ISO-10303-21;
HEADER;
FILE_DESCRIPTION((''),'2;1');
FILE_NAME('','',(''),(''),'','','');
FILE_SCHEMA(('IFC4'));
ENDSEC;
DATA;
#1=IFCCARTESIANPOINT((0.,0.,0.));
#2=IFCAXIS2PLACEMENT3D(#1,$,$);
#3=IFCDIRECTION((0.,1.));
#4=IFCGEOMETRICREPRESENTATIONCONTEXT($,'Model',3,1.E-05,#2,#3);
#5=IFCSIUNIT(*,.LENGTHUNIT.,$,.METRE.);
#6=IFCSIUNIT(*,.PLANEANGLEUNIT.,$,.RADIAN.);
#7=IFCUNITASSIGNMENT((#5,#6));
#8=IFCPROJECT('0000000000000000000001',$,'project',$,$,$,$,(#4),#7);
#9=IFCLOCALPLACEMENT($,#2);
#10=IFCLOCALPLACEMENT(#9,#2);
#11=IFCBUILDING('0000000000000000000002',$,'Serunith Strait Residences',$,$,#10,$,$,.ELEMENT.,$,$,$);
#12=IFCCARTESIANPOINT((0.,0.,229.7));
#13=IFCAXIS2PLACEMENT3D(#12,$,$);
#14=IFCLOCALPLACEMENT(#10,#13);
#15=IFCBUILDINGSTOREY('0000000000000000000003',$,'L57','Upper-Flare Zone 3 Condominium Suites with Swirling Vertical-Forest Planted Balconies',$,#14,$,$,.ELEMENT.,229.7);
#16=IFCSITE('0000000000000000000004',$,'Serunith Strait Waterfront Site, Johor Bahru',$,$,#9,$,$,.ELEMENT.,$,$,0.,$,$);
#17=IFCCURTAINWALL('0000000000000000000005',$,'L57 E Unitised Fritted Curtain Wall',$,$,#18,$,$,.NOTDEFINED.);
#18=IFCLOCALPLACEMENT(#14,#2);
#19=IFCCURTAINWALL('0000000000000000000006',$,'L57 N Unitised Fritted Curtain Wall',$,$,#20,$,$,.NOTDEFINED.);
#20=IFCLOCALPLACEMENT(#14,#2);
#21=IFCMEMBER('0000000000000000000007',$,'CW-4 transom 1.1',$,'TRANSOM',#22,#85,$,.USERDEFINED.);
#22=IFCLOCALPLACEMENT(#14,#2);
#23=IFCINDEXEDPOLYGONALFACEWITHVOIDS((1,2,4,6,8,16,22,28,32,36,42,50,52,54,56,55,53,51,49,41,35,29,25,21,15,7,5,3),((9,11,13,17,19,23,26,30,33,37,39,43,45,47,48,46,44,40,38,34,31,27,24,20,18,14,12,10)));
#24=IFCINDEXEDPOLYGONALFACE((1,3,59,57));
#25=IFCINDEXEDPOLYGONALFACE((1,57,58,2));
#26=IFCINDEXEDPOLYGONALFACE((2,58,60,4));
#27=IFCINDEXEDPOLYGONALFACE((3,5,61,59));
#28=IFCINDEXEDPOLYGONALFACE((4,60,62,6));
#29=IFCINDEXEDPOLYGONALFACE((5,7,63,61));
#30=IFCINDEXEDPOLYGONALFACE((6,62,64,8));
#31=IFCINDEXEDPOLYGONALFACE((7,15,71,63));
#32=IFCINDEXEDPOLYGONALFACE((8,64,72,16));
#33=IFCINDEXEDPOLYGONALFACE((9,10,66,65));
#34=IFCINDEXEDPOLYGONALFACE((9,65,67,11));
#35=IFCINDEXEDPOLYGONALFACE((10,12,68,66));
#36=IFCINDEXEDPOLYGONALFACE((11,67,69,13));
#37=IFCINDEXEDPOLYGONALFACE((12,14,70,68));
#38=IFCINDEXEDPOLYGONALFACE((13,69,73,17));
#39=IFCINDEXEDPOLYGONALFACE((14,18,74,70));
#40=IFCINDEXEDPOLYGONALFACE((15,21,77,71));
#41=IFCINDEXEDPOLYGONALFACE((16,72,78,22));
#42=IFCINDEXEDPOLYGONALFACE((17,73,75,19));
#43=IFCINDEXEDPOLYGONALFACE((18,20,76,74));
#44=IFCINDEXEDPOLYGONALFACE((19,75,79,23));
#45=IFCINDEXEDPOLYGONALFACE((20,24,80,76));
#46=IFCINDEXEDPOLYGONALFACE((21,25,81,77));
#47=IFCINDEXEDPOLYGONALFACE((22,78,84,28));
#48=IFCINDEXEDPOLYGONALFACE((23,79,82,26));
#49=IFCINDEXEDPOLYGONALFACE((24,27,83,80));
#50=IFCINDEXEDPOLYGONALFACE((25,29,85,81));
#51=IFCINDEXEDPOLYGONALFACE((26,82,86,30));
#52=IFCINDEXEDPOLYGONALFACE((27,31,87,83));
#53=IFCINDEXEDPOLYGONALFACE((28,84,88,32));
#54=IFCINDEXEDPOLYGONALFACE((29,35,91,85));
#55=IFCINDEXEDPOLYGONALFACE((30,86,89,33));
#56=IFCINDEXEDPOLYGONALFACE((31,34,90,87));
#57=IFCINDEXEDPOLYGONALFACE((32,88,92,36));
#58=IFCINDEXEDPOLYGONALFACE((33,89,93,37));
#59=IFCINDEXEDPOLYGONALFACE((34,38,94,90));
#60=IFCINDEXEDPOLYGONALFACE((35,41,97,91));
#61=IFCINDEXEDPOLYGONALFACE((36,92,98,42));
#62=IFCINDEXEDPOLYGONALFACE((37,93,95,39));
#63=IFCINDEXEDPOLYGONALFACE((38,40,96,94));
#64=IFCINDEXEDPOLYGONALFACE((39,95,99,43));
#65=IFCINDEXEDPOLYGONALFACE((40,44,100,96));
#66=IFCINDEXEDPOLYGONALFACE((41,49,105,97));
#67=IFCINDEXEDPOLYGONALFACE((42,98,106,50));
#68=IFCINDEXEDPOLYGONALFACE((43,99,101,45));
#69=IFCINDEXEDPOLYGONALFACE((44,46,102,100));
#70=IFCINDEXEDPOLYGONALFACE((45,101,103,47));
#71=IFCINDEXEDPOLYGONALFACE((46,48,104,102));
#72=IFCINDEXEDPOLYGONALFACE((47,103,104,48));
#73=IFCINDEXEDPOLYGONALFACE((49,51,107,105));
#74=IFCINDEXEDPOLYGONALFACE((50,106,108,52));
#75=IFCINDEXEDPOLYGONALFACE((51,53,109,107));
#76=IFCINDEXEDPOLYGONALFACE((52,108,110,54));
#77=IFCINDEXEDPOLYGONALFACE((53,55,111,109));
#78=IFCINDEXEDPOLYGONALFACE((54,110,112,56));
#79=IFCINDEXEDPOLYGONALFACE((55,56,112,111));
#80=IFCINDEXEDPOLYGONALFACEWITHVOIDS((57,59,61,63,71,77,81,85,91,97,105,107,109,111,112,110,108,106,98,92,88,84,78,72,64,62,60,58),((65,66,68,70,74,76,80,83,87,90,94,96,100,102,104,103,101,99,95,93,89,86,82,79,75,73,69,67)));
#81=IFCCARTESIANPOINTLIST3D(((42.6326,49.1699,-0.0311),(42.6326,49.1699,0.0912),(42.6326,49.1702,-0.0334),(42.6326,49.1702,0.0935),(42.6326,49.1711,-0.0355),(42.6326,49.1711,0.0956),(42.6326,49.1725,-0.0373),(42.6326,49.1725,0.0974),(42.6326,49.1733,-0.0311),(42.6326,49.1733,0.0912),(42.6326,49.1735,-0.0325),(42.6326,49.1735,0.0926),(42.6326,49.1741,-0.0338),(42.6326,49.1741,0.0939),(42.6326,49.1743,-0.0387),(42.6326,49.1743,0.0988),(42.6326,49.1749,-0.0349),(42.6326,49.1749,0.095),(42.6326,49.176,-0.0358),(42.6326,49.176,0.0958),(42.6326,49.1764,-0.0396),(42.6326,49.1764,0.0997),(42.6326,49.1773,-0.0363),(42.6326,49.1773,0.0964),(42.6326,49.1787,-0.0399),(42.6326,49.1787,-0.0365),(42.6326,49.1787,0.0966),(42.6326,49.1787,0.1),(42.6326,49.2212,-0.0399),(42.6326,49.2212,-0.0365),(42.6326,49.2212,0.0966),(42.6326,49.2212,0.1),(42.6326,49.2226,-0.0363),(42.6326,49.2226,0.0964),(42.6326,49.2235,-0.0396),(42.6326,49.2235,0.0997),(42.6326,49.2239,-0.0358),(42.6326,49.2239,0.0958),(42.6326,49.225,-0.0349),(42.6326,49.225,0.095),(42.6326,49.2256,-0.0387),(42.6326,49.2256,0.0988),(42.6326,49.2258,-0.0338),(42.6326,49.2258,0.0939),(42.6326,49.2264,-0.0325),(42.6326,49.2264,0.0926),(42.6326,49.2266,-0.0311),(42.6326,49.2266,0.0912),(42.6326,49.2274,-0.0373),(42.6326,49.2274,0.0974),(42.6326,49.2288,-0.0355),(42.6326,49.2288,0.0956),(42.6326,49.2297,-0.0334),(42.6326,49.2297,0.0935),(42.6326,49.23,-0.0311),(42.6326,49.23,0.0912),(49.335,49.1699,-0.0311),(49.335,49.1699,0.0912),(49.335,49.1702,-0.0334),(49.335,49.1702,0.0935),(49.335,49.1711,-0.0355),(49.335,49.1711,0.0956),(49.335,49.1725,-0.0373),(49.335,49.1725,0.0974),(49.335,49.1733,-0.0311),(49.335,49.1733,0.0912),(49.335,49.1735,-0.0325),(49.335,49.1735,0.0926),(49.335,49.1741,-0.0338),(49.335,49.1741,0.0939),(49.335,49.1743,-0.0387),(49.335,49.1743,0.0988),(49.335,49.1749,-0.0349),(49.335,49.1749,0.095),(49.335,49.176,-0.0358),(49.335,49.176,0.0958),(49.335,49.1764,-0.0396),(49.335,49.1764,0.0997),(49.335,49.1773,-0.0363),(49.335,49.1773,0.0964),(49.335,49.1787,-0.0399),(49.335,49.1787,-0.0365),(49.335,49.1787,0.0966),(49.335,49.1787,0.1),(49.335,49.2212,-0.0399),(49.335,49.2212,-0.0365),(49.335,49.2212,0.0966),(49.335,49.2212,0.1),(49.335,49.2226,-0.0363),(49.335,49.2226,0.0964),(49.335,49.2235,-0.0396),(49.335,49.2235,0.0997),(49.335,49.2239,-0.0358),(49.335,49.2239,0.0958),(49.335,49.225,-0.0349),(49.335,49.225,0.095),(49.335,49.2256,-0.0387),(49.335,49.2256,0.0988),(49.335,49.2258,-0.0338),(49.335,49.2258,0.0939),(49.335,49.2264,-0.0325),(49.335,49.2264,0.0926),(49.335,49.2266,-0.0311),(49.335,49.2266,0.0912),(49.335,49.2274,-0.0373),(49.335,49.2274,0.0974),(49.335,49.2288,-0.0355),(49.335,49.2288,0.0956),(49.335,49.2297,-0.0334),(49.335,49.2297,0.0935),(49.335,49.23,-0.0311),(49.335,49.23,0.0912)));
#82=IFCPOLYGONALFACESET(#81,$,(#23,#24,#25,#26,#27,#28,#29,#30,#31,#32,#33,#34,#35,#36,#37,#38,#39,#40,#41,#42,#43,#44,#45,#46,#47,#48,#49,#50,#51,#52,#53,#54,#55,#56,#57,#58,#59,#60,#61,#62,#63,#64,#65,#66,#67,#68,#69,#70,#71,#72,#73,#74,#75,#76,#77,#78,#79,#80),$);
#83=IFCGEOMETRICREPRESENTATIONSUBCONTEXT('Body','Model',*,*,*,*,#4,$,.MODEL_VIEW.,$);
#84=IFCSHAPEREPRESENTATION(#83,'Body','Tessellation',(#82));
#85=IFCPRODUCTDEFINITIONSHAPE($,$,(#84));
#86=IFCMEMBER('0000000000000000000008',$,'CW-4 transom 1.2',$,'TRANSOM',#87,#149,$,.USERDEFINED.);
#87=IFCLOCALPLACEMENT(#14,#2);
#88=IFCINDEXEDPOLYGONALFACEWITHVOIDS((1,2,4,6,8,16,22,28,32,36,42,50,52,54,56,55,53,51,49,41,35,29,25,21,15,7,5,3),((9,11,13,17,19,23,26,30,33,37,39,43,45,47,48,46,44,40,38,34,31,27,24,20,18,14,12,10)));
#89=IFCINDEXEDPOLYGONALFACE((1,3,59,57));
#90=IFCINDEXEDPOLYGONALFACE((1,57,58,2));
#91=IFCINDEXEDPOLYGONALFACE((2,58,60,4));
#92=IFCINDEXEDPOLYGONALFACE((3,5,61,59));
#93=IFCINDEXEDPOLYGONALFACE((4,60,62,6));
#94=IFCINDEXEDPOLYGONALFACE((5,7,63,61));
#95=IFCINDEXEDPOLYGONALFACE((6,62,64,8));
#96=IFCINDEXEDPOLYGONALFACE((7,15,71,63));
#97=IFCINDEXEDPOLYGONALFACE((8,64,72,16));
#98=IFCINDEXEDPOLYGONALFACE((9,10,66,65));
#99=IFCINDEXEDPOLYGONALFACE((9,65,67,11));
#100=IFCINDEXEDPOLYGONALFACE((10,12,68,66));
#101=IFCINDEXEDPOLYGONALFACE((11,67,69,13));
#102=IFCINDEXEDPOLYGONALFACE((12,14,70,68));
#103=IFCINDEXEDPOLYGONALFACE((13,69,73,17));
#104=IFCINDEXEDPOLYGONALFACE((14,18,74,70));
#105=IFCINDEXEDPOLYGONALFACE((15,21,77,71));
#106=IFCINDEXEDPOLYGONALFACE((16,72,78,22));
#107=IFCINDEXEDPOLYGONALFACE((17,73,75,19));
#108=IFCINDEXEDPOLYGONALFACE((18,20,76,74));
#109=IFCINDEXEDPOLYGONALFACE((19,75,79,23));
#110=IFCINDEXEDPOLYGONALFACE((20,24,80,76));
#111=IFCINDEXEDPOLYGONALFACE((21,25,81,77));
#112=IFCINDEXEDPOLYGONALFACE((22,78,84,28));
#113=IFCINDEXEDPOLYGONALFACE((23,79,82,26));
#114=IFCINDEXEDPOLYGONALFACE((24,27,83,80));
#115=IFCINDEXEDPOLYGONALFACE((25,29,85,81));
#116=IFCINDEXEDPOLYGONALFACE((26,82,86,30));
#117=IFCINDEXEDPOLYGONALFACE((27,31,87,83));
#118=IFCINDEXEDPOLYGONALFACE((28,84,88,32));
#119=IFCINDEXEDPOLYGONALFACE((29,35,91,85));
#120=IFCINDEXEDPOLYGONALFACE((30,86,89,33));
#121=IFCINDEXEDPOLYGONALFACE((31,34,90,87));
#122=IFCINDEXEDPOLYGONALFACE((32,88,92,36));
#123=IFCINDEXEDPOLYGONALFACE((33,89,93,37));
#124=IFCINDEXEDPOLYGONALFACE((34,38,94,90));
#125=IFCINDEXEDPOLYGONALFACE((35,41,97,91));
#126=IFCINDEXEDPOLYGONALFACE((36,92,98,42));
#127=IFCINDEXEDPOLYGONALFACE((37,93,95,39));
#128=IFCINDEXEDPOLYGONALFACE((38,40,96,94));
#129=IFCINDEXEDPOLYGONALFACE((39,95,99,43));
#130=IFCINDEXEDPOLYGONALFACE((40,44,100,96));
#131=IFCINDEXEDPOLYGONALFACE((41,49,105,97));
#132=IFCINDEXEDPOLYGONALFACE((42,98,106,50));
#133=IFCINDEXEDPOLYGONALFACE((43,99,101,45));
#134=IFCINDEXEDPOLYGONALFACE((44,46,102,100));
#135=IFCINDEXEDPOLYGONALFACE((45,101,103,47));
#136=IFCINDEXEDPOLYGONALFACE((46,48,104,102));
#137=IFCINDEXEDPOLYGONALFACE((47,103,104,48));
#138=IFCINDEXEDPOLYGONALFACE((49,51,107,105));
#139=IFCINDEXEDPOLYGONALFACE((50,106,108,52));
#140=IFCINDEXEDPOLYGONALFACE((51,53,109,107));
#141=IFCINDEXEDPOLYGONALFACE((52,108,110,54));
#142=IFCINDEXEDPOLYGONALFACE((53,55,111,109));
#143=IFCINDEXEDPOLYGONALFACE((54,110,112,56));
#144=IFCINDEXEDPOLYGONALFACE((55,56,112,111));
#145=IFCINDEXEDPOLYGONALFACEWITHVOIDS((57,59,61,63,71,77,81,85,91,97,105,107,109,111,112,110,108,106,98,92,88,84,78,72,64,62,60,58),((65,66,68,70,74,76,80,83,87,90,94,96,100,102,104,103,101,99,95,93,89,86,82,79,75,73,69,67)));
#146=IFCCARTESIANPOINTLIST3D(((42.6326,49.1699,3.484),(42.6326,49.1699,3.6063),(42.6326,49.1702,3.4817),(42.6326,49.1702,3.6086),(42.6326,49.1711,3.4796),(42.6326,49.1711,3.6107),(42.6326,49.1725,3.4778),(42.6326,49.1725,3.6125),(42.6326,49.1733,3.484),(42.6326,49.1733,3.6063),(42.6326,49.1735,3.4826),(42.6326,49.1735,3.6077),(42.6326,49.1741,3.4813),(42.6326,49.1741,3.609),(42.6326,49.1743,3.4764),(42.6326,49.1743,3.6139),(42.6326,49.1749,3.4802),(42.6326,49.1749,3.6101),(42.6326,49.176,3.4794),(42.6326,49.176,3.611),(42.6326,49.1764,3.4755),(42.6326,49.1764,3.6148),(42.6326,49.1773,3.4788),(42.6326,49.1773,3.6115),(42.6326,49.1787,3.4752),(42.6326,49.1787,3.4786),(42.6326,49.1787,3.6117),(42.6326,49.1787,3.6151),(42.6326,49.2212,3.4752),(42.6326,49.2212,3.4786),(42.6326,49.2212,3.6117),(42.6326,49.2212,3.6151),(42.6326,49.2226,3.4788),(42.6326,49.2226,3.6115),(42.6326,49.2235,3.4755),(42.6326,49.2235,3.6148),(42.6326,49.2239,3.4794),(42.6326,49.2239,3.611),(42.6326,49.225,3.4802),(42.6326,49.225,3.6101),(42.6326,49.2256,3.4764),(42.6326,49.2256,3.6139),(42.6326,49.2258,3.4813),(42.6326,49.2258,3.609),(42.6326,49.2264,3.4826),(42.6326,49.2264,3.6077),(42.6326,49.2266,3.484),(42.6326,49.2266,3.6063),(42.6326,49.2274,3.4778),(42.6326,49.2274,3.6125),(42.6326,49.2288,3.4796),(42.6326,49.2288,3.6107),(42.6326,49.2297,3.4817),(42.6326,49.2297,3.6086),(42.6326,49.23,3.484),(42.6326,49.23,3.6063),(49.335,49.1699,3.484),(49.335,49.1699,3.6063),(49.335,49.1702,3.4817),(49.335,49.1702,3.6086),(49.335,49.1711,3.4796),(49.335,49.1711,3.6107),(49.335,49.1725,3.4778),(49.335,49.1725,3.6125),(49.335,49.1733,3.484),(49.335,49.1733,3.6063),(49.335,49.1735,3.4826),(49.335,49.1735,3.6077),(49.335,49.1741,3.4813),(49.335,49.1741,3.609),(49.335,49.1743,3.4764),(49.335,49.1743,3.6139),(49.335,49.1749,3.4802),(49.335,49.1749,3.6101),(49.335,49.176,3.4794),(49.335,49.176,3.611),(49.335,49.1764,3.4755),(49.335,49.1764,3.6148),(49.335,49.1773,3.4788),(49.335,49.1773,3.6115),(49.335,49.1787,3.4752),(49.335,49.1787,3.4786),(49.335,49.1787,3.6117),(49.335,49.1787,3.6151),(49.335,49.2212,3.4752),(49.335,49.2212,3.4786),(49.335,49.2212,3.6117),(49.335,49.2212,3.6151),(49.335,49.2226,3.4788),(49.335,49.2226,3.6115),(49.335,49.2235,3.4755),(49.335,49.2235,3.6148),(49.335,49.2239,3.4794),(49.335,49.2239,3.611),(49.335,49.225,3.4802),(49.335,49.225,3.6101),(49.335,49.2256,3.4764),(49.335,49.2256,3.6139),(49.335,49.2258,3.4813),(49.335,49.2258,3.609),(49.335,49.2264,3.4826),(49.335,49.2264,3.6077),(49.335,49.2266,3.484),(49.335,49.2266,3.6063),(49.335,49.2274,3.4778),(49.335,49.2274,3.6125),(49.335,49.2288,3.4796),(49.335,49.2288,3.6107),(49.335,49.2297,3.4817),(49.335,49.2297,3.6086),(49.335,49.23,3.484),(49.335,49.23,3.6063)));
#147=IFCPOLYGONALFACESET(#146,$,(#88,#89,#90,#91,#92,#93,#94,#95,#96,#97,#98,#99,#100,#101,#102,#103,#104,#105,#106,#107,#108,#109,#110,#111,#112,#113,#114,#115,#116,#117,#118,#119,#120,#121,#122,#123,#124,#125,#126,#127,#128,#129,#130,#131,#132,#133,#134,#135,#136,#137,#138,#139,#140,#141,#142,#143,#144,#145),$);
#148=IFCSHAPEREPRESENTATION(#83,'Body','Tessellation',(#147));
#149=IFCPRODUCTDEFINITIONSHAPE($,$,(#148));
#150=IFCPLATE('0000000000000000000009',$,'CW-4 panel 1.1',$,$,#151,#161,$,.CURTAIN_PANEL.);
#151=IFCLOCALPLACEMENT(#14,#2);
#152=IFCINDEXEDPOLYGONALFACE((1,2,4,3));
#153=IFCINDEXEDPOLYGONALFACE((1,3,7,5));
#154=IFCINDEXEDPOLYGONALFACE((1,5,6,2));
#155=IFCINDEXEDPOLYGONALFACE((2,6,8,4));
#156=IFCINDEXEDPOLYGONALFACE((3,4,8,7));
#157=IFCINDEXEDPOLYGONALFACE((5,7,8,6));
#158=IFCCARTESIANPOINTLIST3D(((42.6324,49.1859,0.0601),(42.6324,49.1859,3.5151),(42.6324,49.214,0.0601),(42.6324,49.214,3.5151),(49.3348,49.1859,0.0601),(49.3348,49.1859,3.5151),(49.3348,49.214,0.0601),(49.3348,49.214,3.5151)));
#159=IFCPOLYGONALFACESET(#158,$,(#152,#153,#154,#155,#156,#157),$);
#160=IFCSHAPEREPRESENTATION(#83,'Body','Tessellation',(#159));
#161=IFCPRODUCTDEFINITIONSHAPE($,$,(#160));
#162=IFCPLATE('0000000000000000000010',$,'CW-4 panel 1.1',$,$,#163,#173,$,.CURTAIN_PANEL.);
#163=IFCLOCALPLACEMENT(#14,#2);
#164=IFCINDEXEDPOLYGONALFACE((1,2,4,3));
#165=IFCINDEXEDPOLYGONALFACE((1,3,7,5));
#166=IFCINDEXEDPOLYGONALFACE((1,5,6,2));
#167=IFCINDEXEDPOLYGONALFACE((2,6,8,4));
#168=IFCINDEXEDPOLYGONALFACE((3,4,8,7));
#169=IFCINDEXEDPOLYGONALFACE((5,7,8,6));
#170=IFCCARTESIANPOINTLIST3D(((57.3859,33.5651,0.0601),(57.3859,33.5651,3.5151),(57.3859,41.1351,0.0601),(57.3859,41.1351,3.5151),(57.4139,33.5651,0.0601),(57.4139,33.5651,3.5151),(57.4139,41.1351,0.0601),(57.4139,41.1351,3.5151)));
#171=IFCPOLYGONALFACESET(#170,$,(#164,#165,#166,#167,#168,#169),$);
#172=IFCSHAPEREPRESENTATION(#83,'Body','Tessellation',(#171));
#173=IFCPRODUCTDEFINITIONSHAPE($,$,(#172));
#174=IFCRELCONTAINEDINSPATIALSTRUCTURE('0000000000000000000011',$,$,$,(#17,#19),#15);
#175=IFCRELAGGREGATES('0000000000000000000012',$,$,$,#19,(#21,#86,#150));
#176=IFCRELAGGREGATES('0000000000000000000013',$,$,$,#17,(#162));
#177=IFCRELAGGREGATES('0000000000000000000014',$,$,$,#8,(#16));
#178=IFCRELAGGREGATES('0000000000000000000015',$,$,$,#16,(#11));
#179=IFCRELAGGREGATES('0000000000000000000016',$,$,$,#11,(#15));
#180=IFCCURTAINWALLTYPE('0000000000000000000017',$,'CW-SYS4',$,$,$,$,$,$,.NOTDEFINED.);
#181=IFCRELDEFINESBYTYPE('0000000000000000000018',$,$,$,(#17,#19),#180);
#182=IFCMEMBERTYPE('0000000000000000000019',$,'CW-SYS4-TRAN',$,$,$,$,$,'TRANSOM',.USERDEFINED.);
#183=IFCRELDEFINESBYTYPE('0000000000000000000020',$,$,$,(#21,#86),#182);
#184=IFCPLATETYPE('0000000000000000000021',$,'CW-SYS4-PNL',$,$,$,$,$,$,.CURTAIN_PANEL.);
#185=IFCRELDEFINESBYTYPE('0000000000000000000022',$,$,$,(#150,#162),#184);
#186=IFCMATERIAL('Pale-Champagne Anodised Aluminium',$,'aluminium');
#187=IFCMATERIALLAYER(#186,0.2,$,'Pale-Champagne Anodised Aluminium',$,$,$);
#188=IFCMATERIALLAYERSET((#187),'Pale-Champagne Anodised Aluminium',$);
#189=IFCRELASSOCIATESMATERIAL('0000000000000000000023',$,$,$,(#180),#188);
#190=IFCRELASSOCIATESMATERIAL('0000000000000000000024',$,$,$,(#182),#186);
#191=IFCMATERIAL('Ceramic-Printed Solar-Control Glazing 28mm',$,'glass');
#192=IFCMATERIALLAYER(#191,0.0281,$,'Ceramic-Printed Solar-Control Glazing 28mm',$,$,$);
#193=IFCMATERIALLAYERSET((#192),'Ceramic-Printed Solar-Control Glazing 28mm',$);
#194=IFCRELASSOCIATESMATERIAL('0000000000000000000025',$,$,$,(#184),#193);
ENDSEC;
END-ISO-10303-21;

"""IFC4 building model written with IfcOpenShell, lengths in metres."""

from ifc_helpers import new_model, si_unit, direction, frame, origin, origin_2d, place, context, subcontext, project, spatial, rectangle, hollow_rectangle, extrude, source, transform, mapped, material, layer, layer_set, material_profile, profile_set, type_object, element, aggregate, save


model = new_model("IFC4")

# Units and contexts
model_context = context("Model", 3, precision=1e-05, world=origin(), true_north=direction((0.0, 1.0)))
body_context = subcontext(model_context, "Body", "Model", "MODEL_VIEW")
ifc_project = project(units=[si_unit("LENGTHUNIT", "METRE"), si_unit("PLANEANGLEUNIT", "RADIAN")], contexts=[model_context])

# Site, building, storey
site_placement = place(None, origin())
site = spatial("IfcSite", under=ifc_project, at=site_placement, Name="Serunith Strait Waterfront Site, Johor Bahru", CompositionType="ELEMENT", RefElevation=0.0)
building_placement = place(site_placement, origin())
building = spatial("IfcBuilding", under=site, at=building_placement, Name="Serunith Strait Residences", CompositionType="ELEMENT")
storey_placement = place(building_placement, frame((0.0, 0.0, 229.7)))
storey = spatial("IfcBuildingStorey", under=building, at=storey_placement, Name="L57", Description="Upper-Flare Zone 3 Condominium Suites with Swirling Vertical-Forest Planted Balconies", CompositionType="ELEMENT", Elevation=229.7)

# Curtain wall
ifc_material_1 = material(Name="Pale-Champagne Anodised Aluminium", Category="aluminium")
ifc_layer_1 = layer(ifc_material_1, 0.2, Name="Pale-Champagne Anodised Aluminium")
ifc_layer_set_1 = layer_set([ifc_layer_1], Name="Pale-Champagne Anodised Aluminium")
curtain_wall_type = type_object("IfcCurtainWallType", Name="CW-SYS4", PredefinedType="NOTDEFINED", material=ifc_layer_set_1)
curtain_wall_1_placement = place(storey_placement, origin())
curtain_wall_1 = element("IfcCurtainWall", 1, at=curtain_wall_1_placement, inside=storey, type_object=curtain_wall_type, Name="L57 E Unitised Fritted Curtain Wall", PredefinedType="NOTDEFINED")

# Curtain wall, members, plate
curtain_wall_2_placement = place(storey_placement, origin())
curtain_wall_2 = element("IfcCurtainWall", 2, at=curtain_wall_2_placement, inside=storey, type_object=curtain_wall_type, Name="L57 N Unitised Fritted Curtain Wall", PredefinedType="NOTDEFINED")
ifc_material_profile_1 = material_profile(ifc_material_1, hollow_rectangle(XDim=0.0601, YDim=0.1399, WallThickness=0.0034, InnerFilletRadius=0.0054, OuterFilletRadius=0.0088, at=origin_2d()), Name="ALU 140x60x3.5")
ifc_profile_set_1 = profile_set([ifc_material_profile_1], Name="Pale-Champagne Anodised Aluminium")
member_type_1 = type_object("IfcMemberType", Name="CW-SYS4-TRAN", ElementType="TRANSOM", PredefinedType="USERDEFINED", material=ifc_profile_set_1)
shared_shape_1 = source(origin(), body_context, "Body", "SweptSolid", [
    extrude(hollow_rectangle(XDim=0.0601, YDim=0.1399, WallThickness=0.0034, InnerFilletRadius=0.0054, OuterFilletRadius=0.0088, at=origin_2d()), origin(), (0.0, 0.0, 1.0), 6.7024),
])
member_1_placement = place(storey_placement, frame((49.335, 49.2, 0.03), z_axis=(-1.0, 0.0, 0.0), x_axis=(0.0, -1.0, 0.0)))
member_1 = element("IfcMember", 3, at=member_1_placement, type_object=member_type_1, Name="CW-4 transom 1.1", ObjectType="TRANSOM", PredefinedType="USERDEFINED", context=body_context, shape_type="MappedRepresentation", body=[
    mapped(shared_shape_1, transform((0.0, 0.0, 0.0), scale=1.0)),
])
member_2_placement = place(storey_placement, frame((49.335, 49.2, 3.5452), z_axis=(-1.0, 0.0, 0.0), x_axis=(0.0, -1.0, 0.0)))
member_2 = element("IfcMember", 4, at=member_2_placement, type_object=member_type_1, Name="CW-4 transom 1.2", ObjectType="TRANSOM", PredefinedType="USERDEFINED", context=body_context, shape_type="MappedRepresentation", body=[
    mapped(shared_shape_1, transform((0.0, 0.0, 0.0), scale=1.0)),
])
ifc_material_2 = material(Name="Ceramic-Printed Solar-Control Glazing 28mm", Category="glass")
ifc_layer_2 = layer(ifc_material_2, 0.0281, Name="Ceramic-Printed Solar-Control Glazing 28mm")
ifc_layer_set_2 = layer_set([ifc_layer_2], Name="Ceramic-Printed Solar-Control Glazing 28mm")
plate_type = type_object("IfcPlateType", Name="CW-SYS4-PNL", PredefinedType="CURTAIN_PANEL", material=ifc_layer_set_2)
shared_shape_2 = source(origin(), body_context, "Body", "SweptSolid", [
    extrude(rectangle(XDim=6.7024, YDim=0.0281, at=origin_2d()), origin(), (0.0, 0.0, 1.0), 3.4551),
])
plate_1_placement = place(storey_placement, frame((45.9836, 49.2, 0.0601), z_axis=(0.0, 0.0, 1.0), x_axis=(-1.0, 0.0, 0.0)))
plate_1 = element("IfcPlate", 5, at=plate_1_placement, type_object=plate_type, Name="CW-4 panel 1.1", PredefinedType="CURTAIN_PANEL", context=body_context, shape_type="MappedRepresentation", body=[
    mapped(shared_shape_2, transform((0.0, 0.0, 0.0), scale=1.0)),
])
aggregate(curtain_wall_2, [member_1, member_2, plate_1])

# Plate
shared_shape_3 = source(origin(), body_context, "Body", "SweptSolid", [
    extrude(rectangle(XDim=7.5701, YDim=0.0281, at=origin_2d()), origin(), (0.0, 0.0, 1.0), 3.4551),
])
plate_2_placement = place(storey_placement, frame((57.3999, 37.3501, 0.0601), z_axis=(0.0, 0.0, 1.0), x_axis=(0.0, 1.0, 0.0)))
plate_2 = element("IfcPlate", 6, at=plate_2_placement, type_object=plate_type, Name="CW-4 panel 1.1", PredefinedType="CURTAIN_PANEL", context=body_context, shape_type="MappedRepresentation", body=[
    mapped(shared_shape_3, transform((0.0, 0.0, 0.0), scale=1.0)),
])
aggregate(curtain_wall_1, [plate_2])

save(model, "model.ifc")
